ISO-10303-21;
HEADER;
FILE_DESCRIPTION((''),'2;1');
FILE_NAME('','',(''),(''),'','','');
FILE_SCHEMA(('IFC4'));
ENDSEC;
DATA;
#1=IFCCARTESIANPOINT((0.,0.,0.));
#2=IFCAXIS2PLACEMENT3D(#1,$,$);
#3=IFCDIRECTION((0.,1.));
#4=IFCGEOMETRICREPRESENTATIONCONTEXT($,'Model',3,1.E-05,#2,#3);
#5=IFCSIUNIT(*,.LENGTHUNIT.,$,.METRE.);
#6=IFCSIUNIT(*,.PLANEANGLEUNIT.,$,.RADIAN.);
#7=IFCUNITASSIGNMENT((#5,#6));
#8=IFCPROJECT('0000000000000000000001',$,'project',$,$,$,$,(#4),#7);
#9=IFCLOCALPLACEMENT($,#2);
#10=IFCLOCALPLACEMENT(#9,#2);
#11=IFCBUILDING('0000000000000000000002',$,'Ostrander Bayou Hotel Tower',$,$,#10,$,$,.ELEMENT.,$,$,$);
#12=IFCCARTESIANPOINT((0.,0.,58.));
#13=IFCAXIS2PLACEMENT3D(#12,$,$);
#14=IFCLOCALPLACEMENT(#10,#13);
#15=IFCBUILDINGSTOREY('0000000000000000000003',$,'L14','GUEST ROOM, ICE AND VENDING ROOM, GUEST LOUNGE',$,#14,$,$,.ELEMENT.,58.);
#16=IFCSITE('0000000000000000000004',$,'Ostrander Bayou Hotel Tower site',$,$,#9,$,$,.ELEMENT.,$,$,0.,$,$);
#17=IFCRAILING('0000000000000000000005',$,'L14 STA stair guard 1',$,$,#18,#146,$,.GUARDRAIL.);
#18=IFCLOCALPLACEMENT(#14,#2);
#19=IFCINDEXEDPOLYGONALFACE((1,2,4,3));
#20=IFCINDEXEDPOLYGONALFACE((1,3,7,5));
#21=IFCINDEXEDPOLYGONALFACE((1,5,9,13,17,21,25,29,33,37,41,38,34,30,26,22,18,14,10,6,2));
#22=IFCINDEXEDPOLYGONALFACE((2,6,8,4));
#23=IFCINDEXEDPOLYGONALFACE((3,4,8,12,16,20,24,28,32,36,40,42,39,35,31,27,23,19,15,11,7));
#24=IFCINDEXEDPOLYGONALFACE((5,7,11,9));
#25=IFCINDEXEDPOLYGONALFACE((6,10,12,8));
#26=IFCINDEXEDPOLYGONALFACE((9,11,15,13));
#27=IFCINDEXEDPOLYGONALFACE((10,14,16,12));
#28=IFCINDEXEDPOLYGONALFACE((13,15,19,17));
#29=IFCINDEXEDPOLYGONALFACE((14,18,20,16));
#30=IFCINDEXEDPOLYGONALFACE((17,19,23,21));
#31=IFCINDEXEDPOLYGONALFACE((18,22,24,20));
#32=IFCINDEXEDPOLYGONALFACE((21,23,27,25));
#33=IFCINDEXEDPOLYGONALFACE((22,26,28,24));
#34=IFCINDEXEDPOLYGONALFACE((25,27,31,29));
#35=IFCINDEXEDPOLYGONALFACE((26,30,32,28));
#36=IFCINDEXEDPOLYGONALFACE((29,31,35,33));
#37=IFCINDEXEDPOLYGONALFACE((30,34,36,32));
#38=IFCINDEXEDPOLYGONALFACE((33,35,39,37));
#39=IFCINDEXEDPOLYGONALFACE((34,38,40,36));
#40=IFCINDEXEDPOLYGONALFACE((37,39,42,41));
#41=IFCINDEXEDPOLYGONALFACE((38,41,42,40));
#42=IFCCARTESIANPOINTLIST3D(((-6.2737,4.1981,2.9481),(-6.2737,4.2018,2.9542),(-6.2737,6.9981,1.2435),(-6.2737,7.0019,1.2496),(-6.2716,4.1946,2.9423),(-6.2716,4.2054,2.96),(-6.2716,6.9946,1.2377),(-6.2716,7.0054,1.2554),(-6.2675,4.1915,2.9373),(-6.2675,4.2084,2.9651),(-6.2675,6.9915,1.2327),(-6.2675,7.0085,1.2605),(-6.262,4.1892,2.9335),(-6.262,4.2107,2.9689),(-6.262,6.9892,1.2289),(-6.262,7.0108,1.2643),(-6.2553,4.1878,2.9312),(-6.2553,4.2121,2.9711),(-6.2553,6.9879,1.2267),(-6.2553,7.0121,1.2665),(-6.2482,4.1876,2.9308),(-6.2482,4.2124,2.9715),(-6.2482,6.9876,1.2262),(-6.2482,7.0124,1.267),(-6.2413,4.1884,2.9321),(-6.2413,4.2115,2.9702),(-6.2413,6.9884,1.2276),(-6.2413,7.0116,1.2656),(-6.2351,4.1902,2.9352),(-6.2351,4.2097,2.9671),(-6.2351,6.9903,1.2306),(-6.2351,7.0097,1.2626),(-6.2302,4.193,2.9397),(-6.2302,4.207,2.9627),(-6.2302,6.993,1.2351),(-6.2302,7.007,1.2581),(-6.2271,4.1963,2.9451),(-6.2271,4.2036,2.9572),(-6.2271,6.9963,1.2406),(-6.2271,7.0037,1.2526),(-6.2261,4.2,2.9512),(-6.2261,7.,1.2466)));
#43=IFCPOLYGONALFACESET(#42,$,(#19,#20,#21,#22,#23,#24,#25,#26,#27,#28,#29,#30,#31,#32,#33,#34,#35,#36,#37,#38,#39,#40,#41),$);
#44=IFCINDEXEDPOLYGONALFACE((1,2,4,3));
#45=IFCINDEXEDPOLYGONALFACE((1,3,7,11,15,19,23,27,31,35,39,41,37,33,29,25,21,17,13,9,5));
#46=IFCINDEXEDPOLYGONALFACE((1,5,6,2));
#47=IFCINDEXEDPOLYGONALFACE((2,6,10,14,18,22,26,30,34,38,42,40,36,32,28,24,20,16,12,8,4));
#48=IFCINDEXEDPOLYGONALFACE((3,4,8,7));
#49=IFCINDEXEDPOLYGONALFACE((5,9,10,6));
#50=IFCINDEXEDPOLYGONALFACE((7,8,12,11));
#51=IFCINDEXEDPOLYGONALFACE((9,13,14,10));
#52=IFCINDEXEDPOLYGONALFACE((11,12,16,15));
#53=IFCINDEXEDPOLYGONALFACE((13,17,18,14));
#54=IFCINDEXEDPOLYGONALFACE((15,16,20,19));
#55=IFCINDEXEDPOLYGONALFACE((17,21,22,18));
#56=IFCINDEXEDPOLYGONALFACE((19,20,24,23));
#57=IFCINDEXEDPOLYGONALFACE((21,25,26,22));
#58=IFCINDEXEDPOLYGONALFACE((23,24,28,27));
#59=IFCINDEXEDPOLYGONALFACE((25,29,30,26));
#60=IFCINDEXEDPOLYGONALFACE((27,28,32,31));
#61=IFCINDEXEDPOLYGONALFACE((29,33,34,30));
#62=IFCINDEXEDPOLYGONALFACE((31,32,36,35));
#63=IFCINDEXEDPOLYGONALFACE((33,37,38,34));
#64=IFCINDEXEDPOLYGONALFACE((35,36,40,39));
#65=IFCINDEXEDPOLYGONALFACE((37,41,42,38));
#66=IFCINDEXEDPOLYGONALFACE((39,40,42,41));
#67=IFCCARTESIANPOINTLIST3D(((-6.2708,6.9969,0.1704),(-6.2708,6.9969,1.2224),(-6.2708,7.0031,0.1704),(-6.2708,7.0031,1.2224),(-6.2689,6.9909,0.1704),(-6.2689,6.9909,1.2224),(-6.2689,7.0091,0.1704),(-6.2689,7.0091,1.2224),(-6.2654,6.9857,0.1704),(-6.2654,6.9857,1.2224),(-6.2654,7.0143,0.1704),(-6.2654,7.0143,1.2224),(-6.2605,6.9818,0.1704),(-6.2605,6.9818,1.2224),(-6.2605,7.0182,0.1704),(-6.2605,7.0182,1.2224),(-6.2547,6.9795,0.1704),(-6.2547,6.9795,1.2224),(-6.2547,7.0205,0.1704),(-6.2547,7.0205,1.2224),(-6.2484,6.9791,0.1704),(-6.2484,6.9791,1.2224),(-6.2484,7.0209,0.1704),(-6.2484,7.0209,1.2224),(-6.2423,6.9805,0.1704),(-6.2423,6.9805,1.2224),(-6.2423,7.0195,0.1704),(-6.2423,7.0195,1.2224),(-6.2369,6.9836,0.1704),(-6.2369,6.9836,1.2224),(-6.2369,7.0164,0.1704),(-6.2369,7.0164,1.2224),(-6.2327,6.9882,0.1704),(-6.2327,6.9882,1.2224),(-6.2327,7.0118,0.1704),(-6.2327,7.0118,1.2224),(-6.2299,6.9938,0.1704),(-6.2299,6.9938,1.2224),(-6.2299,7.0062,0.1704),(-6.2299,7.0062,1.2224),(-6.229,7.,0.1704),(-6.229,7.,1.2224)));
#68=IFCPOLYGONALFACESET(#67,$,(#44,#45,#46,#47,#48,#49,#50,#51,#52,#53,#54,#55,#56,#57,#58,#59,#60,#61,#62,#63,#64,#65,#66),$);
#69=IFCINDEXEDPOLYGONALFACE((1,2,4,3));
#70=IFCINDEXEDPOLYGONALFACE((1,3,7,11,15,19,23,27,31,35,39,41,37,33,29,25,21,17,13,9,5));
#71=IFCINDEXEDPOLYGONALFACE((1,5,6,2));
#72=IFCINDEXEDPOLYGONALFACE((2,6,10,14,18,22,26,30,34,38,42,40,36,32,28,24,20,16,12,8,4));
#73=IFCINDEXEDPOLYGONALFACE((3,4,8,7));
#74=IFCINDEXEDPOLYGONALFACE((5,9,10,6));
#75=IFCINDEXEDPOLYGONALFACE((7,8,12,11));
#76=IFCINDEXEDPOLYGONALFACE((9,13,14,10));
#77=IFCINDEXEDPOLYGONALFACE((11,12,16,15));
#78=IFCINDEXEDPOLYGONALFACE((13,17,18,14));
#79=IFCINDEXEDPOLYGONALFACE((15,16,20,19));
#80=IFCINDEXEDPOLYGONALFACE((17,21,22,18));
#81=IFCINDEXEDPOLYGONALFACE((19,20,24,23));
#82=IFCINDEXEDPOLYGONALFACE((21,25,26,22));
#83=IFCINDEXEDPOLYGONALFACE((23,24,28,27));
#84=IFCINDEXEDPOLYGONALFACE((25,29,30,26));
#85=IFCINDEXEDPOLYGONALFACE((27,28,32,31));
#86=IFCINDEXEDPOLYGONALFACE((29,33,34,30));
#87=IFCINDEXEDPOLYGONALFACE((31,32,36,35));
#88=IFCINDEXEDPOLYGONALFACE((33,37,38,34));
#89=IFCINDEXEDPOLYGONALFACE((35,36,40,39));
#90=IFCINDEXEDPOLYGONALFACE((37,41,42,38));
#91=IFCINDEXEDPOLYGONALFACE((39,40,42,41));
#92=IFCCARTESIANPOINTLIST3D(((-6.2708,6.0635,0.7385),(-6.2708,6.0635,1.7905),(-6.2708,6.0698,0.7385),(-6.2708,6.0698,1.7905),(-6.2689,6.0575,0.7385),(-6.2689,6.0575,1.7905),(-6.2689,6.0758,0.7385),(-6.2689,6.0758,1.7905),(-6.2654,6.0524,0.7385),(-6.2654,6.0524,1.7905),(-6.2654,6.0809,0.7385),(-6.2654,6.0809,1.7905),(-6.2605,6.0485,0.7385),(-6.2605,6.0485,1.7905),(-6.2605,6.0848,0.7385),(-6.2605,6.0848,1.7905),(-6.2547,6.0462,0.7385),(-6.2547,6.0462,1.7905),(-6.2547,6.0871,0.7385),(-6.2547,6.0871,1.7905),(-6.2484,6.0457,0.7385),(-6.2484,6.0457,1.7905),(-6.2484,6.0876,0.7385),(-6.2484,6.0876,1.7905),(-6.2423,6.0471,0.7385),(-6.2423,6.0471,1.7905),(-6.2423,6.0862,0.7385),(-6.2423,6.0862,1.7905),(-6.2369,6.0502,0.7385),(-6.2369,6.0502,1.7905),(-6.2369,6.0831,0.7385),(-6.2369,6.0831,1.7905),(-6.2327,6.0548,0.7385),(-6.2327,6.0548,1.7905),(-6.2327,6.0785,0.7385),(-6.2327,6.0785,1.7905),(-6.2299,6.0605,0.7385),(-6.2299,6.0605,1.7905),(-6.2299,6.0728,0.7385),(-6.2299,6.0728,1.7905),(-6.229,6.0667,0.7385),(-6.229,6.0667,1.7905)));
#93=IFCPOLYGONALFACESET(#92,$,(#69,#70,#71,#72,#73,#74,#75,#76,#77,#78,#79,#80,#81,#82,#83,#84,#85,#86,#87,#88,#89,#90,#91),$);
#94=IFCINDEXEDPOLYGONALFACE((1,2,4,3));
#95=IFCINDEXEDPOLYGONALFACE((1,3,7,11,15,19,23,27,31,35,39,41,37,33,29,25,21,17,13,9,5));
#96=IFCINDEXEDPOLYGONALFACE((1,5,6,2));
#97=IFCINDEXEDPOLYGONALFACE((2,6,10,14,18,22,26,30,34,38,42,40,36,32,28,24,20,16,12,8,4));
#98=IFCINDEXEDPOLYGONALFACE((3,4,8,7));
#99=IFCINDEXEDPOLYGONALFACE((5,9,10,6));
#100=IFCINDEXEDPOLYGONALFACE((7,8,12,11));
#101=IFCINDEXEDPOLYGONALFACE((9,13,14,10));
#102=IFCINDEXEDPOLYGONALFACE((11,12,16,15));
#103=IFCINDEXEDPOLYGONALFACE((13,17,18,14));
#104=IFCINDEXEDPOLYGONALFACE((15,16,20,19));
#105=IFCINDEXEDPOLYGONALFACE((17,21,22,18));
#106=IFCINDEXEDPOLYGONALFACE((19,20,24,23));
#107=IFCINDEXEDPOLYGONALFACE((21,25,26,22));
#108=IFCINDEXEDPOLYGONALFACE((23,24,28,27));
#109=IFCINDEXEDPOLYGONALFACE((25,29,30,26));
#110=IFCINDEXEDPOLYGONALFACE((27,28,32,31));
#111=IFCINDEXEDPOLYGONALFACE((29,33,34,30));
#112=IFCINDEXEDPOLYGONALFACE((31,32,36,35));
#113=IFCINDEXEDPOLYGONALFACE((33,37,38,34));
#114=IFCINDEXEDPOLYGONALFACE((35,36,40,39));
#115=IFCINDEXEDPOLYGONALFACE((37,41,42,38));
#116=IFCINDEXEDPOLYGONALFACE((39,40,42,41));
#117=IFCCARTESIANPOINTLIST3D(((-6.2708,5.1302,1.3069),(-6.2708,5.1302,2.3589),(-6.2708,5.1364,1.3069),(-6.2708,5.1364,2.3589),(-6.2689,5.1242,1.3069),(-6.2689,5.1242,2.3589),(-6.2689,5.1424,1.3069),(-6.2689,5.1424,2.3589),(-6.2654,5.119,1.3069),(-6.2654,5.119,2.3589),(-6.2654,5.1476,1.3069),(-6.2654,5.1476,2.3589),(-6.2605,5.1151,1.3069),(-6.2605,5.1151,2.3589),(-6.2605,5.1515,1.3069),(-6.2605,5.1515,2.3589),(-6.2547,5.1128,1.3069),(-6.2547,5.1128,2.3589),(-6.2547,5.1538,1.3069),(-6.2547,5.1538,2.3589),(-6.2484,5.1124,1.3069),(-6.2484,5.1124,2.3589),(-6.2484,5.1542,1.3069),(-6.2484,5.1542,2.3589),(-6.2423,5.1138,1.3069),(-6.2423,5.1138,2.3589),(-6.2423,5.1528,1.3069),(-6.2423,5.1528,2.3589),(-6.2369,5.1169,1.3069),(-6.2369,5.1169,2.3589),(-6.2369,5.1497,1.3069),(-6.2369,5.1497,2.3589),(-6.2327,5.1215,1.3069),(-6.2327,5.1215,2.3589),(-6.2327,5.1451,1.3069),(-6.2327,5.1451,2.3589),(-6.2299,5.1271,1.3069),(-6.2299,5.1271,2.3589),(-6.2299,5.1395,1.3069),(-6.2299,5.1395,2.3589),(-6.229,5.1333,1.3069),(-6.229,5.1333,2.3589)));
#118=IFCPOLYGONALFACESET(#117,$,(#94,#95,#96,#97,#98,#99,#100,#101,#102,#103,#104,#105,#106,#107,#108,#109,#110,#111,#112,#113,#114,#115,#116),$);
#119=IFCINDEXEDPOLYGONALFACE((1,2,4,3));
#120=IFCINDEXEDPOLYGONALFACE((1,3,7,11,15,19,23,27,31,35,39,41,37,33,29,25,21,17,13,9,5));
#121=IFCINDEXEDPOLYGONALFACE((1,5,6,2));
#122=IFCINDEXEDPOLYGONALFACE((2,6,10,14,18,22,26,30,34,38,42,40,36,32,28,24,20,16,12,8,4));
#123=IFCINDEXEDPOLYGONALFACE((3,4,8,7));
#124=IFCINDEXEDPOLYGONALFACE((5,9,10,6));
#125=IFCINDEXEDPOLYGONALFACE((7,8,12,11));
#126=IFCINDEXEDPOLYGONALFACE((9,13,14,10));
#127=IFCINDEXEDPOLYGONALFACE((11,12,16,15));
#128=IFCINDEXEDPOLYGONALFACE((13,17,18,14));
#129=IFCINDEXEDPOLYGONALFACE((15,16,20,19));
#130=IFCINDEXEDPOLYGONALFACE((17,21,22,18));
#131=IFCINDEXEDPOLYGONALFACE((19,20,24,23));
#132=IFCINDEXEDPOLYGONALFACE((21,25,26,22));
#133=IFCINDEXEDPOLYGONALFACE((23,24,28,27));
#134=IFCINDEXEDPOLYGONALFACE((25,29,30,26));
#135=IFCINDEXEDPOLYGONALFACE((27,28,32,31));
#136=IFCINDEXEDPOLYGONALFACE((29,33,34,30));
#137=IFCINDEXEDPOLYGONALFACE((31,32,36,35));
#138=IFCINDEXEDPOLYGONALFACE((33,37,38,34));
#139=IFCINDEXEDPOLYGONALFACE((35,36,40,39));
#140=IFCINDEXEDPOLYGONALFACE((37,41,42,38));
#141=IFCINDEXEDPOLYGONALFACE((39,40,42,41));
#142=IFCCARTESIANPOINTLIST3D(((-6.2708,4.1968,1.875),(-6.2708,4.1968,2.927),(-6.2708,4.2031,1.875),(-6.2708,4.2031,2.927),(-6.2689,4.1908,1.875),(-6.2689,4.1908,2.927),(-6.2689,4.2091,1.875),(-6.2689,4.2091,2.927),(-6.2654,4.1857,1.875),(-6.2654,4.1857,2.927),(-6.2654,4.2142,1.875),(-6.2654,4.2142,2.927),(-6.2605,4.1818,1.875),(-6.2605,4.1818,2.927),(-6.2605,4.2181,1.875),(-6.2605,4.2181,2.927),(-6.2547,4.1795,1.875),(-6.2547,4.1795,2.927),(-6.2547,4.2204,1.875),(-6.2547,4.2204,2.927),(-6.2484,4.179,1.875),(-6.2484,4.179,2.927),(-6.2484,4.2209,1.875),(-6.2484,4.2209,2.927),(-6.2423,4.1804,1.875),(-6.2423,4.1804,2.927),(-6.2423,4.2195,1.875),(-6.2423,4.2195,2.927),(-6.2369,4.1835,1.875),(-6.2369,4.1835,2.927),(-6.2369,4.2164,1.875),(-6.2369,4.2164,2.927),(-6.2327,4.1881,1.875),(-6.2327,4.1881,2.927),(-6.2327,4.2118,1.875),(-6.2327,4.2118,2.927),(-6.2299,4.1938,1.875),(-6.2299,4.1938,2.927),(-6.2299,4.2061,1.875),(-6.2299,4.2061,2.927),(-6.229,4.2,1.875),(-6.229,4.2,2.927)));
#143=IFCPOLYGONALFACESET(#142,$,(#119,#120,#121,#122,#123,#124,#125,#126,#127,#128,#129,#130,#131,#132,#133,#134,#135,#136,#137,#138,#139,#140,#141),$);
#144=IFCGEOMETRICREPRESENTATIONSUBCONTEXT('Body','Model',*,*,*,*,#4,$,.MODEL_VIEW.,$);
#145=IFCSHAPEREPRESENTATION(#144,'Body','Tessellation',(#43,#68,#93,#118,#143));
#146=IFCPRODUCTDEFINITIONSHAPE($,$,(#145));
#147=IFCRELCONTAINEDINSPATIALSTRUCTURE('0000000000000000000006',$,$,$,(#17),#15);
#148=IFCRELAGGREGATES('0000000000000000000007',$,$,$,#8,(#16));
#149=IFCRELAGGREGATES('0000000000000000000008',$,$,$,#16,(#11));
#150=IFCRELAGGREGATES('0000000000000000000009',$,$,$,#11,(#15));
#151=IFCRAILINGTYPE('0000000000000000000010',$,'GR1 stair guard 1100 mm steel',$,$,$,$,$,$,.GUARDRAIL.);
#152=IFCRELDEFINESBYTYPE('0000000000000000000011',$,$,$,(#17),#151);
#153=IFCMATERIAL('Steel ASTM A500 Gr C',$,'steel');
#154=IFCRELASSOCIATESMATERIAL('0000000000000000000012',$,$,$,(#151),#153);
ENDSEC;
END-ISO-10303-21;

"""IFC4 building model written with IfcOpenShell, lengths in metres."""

from ifc_helpers import new_model, si_unit, direction, frame, origin, origin_2d, place, context, subcontext, project, spatial, circle, extrude, material, type_object, element, save


model = new_model("IFC4")

# Units and contexts
model_context = context("Model", 3, precision=1e-05, world=origin(), true_north=direction((0.0, 1.0)))
body_context = subcontext(model_context, "Body", "Model", "MODEL_VIEW")
ifc_project = project(units=[si_unit("LENGTHUNIT", "METRE"), si_unit("PLANEANGLEUNIT", "RADIAN")], contexts=[model_context])

# Site, building, storey
site_placement = place(None, origin())
site = spatial("IfcSite", under=ifc_project, at=site_placement, Name="Ostrander Bayou Hotel Tower site", CompositionType="ELEMENT", RefElevation=0.0)
building_placement = place(site_placement, origin())
building = spatial("IfcBuilding", under=site, at=building_placement, Name="Ostrander Bayou Hotel Tower", CompositionType="ELEMENT")
storey_placement = place(building_placement, frame((0.0, 0.0, 58.0)))
storey = spatial("IfcBuildingStorey", under=building, at=storey_placement, Name="L14", Description="GUEST ROOM, ICE AND VENDING ROOM, GUEST LOUNGE", CompositionType="ELEMENT", Elevation=58.0)

# Railing
ifc_material_1 = material(Name="Steel ASTM A500 Gr C", Category="steel")
railing_type = type_object("IfcRailingType", Name="GR1 stair guard 1100 mm steel", PredefinedType="GUARDRAIL", material=ifc_material_1)
railing_1_placement = place(storey_placement, frame((-6.25, 7.0, 0.1704)))
element("IfcRailing", 1, at=railing_1_placement, inside=storey, type_object=railing_type, Name="L14 STA stair guard 1", PredefinedType="GUARDRAIL", context=body_context, shape_type="SweptSolid", body=[
    extrude(circle(Radius=0.0239, at=origin_2d()), frame((0.0, 0.0, 1.0762), z_axis=(0.0, -0.85417, 0.519994), x_axis=(1.0, 0.0, 0.0)), (0.0, 0.0, 1.0), 3.2781),
    extrude(circle(Radius=0.021, at=origin_2d()), origin(), (0.0, 0.0, 1.0), 1.052),
    extrude(circle(Radius=0.021, at=origin_2d()), frame((0.0, -0.9333, 0.5681)), (0.0, 0.0, 1.0), 1.052),
    extrude(circle(Radius=0.021, at=origin_2d()), frame((0.0, -1.8667, 1.1365)), (0.0, 0.0, 1.0), 1.052),
    extrude(circle(Radius=0.021, at=origin_2d()), frame((0.0, -2.8, 1.7046)), (0.0, 0.0, 1.0), 1.052),
])

save(model, "model.ifc")
